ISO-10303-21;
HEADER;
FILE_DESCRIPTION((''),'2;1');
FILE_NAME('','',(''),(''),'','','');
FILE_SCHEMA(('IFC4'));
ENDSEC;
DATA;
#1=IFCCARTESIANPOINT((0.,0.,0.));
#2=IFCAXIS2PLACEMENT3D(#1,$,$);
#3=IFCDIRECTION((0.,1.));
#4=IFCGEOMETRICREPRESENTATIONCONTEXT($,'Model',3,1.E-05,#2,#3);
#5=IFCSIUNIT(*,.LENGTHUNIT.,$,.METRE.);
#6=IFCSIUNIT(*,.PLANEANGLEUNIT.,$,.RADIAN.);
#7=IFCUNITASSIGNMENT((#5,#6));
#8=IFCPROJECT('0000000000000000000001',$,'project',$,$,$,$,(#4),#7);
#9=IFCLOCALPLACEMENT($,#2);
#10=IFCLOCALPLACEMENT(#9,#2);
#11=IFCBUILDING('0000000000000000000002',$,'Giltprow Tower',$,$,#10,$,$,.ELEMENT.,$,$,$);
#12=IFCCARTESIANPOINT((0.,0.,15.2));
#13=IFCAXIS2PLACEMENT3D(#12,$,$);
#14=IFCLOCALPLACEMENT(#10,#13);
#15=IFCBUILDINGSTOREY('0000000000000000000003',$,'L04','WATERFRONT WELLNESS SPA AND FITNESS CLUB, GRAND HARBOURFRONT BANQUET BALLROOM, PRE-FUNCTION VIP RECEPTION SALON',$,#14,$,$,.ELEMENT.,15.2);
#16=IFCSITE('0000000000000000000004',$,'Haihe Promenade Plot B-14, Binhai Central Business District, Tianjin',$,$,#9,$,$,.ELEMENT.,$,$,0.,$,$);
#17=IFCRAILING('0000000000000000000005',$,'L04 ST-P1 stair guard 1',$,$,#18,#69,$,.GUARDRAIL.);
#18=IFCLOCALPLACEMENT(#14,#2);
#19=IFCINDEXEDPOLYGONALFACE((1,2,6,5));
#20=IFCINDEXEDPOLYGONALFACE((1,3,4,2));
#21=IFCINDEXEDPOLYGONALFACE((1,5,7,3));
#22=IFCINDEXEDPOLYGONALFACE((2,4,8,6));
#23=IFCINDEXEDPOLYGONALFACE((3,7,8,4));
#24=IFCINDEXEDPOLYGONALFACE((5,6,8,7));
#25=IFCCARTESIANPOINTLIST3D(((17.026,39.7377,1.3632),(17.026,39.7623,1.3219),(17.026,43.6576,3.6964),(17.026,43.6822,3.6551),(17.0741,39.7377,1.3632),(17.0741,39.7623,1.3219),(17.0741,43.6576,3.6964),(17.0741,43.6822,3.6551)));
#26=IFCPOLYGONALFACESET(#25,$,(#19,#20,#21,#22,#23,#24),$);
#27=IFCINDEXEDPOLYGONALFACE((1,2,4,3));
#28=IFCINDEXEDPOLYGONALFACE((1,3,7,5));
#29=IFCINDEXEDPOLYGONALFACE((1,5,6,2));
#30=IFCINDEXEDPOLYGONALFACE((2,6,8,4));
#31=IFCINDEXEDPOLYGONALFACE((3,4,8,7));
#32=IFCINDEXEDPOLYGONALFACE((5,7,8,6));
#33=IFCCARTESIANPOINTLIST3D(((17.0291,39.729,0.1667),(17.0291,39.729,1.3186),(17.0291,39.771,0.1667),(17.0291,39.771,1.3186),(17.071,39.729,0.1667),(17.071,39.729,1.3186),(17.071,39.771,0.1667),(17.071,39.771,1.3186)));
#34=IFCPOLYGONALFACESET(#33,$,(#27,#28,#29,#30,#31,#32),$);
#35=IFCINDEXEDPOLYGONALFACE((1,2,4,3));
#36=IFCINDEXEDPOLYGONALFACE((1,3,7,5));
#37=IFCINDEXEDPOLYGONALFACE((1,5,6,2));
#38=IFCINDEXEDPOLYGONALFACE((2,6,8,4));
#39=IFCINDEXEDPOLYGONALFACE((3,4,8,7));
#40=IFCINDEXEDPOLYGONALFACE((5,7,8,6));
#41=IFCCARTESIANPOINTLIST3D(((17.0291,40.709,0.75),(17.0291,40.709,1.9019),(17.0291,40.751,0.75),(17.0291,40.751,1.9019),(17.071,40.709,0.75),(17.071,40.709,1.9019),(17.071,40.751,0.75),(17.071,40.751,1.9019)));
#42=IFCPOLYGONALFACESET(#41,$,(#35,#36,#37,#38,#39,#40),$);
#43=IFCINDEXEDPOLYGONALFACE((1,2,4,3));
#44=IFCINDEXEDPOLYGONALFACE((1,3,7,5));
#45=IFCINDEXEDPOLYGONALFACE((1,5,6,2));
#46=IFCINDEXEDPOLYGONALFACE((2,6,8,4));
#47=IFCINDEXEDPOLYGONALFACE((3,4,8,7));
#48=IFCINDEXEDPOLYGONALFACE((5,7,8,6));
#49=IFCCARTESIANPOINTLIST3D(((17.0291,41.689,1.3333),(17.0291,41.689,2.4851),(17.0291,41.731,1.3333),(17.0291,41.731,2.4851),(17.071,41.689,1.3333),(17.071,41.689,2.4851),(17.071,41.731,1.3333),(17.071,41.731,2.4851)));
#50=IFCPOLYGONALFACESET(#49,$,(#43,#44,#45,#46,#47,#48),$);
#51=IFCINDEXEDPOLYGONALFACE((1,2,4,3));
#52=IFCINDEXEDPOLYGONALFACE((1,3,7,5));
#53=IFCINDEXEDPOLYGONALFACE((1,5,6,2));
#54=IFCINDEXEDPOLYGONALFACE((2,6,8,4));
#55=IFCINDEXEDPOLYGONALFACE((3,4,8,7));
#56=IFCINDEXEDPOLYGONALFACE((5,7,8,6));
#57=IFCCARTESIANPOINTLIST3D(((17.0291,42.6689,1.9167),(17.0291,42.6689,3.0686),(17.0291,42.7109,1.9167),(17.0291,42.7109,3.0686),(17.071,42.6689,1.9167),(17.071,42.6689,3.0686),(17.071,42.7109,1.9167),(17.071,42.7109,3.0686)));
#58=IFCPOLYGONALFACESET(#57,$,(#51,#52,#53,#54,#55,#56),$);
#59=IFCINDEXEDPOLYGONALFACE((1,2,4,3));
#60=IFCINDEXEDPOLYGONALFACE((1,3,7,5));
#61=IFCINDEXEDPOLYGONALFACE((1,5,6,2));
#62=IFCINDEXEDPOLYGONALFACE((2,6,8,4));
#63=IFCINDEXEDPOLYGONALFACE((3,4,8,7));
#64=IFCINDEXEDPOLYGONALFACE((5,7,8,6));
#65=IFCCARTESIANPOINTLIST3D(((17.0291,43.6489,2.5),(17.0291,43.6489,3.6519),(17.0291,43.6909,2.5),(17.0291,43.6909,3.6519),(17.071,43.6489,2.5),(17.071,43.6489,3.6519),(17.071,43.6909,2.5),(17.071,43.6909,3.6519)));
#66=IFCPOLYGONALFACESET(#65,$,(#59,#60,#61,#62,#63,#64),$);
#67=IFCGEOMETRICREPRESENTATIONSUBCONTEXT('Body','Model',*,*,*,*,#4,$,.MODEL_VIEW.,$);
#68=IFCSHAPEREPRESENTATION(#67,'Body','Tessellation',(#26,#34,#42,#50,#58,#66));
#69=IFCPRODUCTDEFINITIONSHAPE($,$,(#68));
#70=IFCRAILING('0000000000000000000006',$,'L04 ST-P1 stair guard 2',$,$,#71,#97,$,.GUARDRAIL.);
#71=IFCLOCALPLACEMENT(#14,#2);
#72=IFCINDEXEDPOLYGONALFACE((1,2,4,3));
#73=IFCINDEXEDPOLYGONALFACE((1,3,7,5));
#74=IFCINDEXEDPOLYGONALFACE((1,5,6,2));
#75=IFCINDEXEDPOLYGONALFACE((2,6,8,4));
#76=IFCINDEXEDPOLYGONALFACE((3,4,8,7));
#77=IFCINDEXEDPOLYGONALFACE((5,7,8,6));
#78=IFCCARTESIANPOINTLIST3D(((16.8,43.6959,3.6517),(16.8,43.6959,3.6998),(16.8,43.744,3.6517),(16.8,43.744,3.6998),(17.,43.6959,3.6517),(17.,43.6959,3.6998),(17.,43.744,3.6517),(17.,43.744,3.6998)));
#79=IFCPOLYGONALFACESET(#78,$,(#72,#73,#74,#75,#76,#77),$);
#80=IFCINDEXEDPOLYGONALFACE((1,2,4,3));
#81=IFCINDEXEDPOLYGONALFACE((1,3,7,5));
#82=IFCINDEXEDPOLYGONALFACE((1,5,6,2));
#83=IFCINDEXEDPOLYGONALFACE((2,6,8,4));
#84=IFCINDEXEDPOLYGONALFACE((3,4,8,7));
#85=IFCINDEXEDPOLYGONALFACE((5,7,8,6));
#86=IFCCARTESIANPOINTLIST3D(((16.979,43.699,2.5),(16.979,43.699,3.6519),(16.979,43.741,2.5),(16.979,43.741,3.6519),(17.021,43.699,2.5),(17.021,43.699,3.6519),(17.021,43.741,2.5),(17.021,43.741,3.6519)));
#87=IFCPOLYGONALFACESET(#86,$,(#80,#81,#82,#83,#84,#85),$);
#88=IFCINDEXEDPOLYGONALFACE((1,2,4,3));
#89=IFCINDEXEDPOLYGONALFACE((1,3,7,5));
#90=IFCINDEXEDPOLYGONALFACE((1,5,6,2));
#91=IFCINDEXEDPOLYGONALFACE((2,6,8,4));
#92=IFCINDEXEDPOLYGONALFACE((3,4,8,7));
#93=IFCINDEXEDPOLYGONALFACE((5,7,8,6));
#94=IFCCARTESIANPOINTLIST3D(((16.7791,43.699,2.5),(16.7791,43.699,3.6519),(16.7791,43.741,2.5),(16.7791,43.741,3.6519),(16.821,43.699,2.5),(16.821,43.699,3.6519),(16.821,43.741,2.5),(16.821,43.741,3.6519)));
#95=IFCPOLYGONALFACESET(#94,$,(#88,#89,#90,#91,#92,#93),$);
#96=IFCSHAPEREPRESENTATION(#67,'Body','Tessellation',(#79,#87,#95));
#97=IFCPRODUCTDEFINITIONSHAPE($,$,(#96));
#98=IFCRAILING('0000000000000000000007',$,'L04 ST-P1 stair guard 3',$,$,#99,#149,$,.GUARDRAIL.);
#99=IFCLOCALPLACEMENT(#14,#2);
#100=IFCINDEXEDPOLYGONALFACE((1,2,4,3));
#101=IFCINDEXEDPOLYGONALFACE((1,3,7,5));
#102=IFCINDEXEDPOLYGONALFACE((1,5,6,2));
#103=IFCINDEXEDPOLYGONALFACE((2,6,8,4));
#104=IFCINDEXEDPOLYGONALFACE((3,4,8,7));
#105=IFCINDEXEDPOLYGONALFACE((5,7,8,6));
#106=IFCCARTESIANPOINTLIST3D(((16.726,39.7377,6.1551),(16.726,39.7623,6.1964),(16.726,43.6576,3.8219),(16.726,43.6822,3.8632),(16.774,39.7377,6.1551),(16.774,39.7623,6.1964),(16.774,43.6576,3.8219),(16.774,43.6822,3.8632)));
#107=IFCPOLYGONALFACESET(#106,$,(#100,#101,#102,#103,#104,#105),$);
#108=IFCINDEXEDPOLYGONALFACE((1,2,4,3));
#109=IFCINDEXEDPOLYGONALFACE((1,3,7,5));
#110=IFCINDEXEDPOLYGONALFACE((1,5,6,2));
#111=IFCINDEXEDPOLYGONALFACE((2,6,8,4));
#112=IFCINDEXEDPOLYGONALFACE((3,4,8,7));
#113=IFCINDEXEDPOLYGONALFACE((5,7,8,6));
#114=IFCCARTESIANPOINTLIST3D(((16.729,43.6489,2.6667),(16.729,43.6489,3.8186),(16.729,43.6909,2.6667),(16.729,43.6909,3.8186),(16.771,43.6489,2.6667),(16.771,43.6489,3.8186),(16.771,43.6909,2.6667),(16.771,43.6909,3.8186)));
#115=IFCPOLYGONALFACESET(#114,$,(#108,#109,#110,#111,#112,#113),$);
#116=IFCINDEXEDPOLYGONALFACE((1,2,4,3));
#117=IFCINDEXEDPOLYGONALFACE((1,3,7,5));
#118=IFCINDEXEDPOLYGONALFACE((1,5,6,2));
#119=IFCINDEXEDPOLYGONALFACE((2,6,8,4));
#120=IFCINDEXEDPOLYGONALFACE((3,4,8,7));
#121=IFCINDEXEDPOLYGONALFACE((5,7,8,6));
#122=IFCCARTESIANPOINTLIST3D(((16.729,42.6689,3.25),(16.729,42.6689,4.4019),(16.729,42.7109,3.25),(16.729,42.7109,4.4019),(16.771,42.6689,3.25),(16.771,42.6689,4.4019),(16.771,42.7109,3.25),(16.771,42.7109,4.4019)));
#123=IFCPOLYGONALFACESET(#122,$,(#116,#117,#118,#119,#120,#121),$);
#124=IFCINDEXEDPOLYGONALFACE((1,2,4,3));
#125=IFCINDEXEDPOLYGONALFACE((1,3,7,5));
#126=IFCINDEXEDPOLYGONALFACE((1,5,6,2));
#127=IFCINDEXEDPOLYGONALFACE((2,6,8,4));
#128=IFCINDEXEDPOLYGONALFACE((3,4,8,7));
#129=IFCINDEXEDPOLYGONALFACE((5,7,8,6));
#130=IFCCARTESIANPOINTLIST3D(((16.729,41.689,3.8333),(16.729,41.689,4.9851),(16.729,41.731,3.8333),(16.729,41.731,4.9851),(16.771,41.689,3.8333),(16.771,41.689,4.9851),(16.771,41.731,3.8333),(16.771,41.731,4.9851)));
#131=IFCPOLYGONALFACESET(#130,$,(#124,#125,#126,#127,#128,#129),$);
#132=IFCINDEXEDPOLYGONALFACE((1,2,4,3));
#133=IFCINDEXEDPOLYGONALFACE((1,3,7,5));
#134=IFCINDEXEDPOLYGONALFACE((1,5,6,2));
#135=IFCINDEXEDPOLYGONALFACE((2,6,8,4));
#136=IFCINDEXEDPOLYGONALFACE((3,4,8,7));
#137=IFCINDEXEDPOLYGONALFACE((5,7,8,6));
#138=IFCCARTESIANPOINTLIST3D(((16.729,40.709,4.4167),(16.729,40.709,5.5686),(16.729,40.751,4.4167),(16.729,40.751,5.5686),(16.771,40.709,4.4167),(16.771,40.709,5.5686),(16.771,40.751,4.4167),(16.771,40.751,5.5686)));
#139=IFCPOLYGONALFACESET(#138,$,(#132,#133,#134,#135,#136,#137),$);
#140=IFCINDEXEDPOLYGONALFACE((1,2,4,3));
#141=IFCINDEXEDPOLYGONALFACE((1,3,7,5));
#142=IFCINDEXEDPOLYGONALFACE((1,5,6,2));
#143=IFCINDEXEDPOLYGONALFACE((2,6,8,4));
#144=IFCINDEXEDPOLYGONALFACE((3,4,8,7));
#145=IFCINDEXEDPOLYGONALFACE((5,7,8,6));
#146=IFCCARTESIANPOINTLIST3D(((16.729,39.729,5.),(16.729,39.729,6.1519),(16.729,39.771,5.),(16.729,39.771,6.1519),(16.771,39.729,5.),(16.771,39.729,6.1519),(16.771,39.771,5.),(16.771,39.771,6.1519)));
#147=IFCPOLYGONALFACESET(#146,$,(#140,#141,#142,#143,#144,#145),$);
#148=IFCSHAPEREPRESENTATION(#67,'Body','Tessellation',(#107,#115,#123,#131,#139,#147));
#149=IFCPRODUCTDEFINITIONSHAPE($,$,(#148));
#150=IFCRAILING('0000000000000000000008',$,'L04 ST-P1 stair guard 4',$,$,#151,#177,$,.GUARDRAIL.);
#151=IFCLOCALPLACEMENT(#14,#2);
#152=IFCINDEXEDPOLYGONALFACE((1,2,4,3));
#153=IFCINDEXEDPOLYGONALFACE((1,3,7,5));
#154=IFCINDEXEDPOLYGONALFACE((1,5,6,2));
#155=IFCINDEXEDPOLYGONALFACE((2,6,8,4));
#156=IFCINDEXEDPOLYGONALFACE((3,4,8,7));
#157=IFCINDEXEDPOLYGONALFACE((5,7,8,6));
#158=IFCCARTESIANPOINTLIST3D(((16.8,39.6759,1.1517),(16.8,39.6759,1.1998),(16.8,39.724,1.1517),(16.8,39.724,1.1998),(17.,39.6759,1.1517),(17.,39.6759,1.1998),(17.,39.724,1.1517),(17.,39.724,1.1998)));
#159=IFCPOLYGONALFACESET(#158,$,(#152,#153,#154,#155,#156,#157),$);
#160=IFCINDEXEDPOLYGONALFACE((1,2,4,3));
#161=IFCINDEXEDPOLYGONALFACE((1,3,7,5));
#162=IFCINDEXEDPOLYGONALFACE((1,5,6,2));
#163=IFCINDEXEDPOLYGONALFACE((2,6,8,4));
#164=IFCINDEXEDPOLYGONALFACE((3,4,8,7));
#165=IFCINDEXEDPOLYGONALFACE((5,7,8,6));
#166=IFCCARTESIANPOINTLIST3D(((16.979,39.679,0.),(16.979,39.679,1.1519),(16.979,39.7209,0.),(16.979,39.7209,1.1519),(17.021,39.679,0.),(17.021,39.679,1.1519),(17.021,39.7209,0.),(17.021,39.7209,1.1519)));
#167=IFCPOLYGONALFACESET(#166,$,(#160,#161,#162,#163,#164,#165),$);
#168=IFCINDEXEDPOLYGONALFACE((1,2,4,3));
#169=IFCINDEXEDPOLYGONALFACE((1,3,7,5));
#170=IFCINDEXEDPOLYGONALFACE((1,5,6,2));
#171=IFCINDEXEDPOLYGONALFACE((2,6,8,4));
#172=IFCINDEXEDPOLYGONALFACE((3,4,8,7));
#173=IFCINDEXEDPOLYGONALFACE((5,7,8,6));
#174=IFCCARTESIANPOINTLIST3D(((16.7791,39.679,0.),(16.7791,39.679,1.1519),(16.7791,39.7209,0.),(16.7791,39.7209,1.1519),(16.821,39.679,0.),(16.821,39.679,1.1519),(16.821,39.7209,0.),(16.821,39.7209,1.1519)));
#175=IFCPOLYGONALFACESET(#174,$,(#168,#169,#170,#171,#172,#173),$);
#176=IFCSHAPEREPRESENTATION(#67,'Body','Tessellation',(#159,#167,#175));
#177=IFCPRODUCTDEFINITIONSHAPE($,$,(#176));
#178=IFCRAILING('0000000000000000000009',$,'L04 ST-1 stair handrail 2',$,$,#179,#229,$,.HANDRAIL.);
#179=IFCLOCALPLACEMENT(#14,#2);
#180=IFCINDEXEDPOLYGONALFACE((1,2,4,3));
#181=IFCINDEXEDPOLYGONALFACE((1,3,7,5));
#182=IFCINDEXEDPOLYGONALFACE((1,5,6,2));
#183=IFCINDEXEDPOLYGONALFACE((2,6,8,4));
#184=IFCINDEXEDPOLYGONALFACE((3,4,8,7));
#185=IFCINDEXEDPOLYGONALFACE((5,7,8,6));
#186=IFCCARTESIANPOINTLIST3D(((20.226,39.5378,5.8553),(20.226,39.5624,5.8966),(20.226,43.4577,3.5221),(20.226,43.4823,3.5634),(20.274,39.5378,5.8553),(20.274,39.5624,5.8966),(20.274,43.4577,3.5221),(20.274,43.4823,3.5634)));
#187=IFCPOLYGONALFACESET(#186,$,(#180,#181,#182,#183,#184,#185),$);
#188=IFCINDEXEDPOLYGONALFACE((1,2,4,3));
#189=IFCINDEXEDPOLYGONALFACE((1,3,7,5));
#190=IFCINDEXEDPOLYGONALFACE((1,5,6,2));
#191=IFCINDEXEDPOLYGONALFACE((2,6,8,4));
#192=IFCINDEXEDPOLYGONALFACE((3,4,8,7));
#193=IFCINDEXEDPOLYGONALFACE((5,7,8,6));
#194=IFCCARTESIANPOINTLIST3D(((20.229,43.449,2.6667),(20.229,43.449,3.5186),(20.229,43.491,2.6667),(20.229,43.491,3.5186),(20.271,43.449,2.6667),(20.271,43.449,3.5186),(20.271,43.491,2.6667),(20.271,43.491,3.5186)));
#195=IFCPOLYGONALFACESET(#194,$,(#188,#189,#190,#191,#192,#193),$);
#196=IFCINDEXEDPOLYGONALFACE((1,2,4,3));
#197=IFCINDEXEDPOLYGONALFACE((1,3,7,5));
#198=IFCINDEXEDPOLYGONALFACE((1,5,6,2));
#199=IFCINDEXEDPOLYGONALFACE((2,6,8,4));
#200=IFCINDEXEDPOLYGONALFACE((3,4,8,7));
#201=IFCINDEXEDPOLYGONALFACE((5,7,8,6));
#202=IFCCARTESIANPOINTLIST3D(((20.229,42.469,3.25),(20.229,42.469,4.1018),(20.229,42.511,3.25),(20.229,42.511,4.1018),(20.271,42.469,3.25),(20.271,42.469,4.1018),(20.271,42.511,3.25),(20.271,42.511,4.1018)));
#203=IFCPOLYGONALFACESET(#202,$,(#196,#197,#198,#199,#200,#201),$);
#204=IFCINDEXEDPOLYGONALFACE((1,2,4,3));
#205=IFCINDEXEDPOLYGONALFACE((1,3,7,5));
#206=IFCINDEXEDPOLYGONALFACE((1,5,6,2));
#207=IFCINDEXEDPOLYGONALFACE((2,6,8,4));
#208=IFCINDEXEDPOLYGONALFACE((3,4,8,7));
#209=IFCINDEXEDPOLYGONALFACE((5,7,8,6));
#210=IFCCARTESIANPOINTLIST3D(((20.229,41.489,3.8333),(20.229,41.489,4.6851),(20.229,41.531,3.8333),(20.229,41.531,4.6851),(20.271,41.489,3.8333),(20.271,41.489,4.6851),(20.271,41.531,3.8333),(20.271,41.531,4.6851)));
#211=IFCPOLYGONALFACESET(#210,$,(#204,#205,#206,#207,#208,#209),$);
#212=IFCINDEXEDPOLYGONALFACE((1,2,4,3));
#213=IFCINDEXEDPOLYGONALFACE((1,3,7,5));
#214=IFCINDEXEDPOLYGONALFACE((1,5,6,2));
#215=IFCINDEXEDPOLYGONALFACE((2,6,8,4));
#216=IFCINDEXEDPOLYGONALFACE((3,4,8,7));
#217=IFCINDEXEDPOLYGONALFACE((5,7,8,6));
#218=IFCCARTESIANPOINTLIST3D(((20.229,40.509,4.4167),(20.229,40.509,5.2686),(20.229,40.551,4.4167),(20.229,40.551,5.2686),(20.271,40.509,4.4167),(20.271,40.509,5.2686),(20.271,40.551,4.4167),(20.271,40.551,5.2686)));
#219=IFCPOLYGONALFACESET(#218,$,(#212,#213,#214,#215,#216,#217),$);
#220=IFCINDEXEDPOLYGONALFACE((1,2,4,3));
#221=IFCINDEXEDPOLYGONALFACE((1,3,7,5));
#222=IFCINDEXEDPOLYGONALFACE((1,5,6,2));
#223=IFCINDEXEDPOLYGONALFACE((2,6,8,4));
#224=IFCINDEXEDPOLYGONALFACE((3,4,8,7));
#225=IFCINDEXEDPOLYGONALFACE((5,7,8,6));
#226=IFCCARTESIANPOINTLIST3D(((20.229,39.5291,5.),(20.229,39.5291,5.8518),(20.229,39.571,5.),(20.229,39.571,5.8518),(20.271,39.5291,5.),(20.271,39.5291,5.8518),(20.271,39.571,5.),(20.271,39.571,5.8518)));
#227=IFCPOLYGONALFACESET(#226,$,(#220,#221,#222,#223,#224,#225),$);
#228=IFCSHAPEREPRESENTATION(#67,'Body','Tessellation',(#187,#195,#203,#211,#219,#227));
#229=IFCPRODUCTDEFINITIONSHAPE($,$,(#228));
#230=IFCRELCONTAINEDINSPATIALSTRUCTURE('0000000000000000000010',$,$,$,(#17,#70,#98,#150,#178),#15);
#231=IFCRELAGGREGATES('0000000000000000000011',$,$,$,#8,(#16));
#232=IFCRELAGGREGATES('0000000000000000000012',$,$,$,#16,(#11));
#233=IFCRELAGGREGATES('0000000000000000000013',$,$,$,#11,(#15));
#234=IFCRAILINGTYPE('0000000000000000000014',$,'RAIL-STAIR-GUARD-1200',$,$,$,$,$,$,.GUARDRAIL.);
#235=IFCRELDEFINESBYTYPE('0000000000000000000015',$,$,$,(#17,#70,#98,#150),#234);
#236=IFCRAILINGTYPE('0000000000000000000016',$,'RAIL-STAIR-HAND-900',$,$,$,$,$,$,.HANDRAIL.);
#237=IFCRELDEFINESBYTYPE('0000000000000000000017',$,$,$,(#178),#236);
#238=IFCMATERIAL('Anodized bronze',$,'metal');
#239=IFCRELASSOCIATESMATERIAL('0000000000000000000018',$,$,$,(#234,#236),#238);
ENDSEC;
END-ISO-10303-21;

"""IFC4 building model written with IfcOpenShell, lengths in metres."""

from ifc_helpers import new_model, si_unit, direction, frame, origin, origin_2d, place, context, subcontext, project, spatial, rectangle, extrude, material, type_object, element, save


model = new_model("IFC4")

# Units and contexts
model_context = context("Model", 3, precision=1e-05, world=origin(), true_north=direction((0.0, 1.0)))
body_context = subcontext(model_context, "Body", "Model", "MODEL_VIEW")
ifc_project = project(units=[si_unit("LENGTHUNIT", "METRE"), si_unit("PLANEANGLEUNIT", "RADIAN")], contexts=[model_context])

# Site, building, storey
site_placement = place(None, origin())
site = spatial("IfcSite", under=ifc_project, at=site_placement, Name="Haihe Promenade Plot B-14, Binhai Central Business District, Tianjin", CompositionType="ELEMENT", RefElevation=0.0)
building_placement = place(site_placement, origin())
building = spatial("IfcBuilding", under=site, at=building_placement, Name="Giltprow Tower", CompositionType="ELEMENT")
storey_placement = place(building_placement, frame((0.0, 0.0, 15.2)))
storey = spatial("IfcBuildingStorey", under=building, at=storey_placement, Name="L04", Description="WATERFRONT WELLNESS SPA AND FITNESS CLUB, GRAND HARBOURFRONT BANQUET BALLROOM, PRE-FUNCTION VIP RECEPTION SALON", CompositionType="ELEMENT", Elevation=15.2)

# Railings
ifc_material_1 = material(Name="Anodized bronze", Category="metal")
railing_type_1 = type_object("IfcRailingType", Name="RAIL-STAIR-GUARD-1200", PredefinedType="GUARDRAIL", material=ifc_material_1)
railing_1_placement = place(storey_placement, frame((17.05, 39.75, 0.1667)))
element("IfcRailing", 1, at=railing_1_placement, inside=storey, type_object=railing_type_1, Name="L04 ST-P1 stair guard 1", PredefinedType="GUARDRAIL", context=body_context, shape_type="SweptSolid", body=[
    extrude(rectangle(XDim=0.0481, YDim=0.0481, at=origin_2d()), frame((0.0, 0.0, 1.1758), z_axis=(0.0, 0.859296, 0.511478), x_axis=(-1.0, 0.0, 0.0)), (0.0, 0.0, 1.0), 4.5618),
    extrude(rectangle(XDim=0.042, YDim=0.042, at=origin_2d()), origin(), (0.0, 0.0, 1.0), 1.1519),
    extrude(rectangle(XDim=0.042, YDim=0.042, at=origin_2d()), frame((0.0, 0.98, 0.5833)), (0.0, 0.0, 1.0), 1.1519),
    extrude(rectangle(XDim=0.042, YDim=0.042, at=origin_2d()), frame((0.0, 1.96, 1.1665)), (0.0, 0.0, 1.0), 1.1519),
    extrude(rectangle(XDim=0.042, YDim=0.042, at=origin_2d()), frame((0.0, 2.9399, 1.75)), (0.0, 0.0, 1.0), 1.1519),
    extrude(rectangle(XDim=0.042, YDim=0.042, at=origin_2d()), frame((0.0, 3.9199, 2.3333)), (0.0, 0.0, 1.0), 1.1519),
])
railing_2_placement = place(storey_placement, frame((17.0, 43.72, 2.5)))
element("IfcRailing", 2, at=railing_2_placement, inside=storey, type_object=railing_type_1, Name="L04 ST-P1 stair guard 2", PredefinedType="GUARDRAIL", context=body_context, shape_type="SweptSolid", body=[
    extrude(rectangle(XDim=0.0481, YDim=0.0481, at=origin_2d()), frame((0.0, 0.0, 1.1758), z_axis=(-1.0, 0.0, 0.0), x_axis=(0.0, -1.0, 0.0)), (0.0, 0.0, 1.0), 0.2),
    extrude(rectangle(XDim=0.042, YDim=0.042, at=origin_2d()), origin(), (0.0, 0.0, 1.0), 1.1519),
    extrude(rectangle(XDim=0.042, YDim=0.042, at=origin_2d()), frame((-0.2, 0.0, 0.0)), (0.0, 0.0, 1.0), 1.1519),
])
railing_3_placement = place(storey_placement, frame((16.75, 43.6699, 2.6667)))
element("IfcRailing", 3, at=railing_3_placement, inside=storey, type_object=railing_type_1, Name="L04 ST-P1 stair guard 3", PredefinedType="GUARDRAIL", context=body_context, shape_type="SweptSolid", body=[
    extrude(rectangle(XDim=0.0481, YDim=0.0481, at=origin_2d()), frame((0.0, 0.0, 1.1758), z_axis=(0.0, -0.859296, 0.511478), x_axis=(1.0, 0.0, 0.0)), (0.0, 0.0, 1.0), 4.5618),
    extrude(rectangle(XDim=0.042, YDim=0.042, at=origin_2d()), origin(), (0.0, 0.0, 1.0), 1.1519),
    extrude(rectangle(XDim=0.042, YDim=0.042, at=origin_2d()), frame((0.0, -0.98, 0.5833)), (0.0, 0.0, 1.0), 1.1519),
    extrude(rectangle(XDim=0.042, YDim=0.042, at=origin_2d()), frame((0.0, -1.96, 1.1665)), (0.0, 0.0, 1.0), 1.1519),
    extrude(rectangle(XDim=0.042, YDim=0.042, at=origin_2d()), frame((0.0, -2.9399, 1.75)), (0.0, 0.0, 1.0), 1.1519),
    extrude(rectangle(XDim=0.042, YDim=0.042, at=origin_2d()), frame((0.0, -3.9199, 2.3333)), (0.0, 0.0, 1.0), 1.1519),
])
railing_4_placement = place(storey_placement, frame((17.0, 39.7, 0.0)))
element("IfcRailing", 4, at=railing_4_placement, inside=storey, type_object=railing_type_1, Name="L04 ST-P1 stair guard 4", PredefinedType="GUARDRAIL", context=body_context, shape_type="SweptSolid", body=[
    extrude(rectangle(XDim=0.0481, YDim=0.0481, at=origin_2d()), frame((0.0, 0.0, 1.1758), z_axis=(-1.0, 0.0, 0.0), x_axis=(0.0, -1.0, 0.0)), (0.0, 0.0, 1.0), 0.2),
    extrude(rectangle(XDim=0.042, YDim=0.042, at=origin_2d()), origin(), (0.0, 0.0, 1.0), 1.1519),
    extrude(rectangle(XDim=0.042, YDim=0.042, at=origin_2d()), frame((-0.2, 0.0, 0.0)), (0.0, 0.0, 1.0), 1.1519),
])
railing_type_2 = type_object("IfcRailingType", Name="RAIL-STAIR-HAND-900", PredefinedType="HANDRAIL", material=ifc_material_1)
railing_5_placement = place(storey_placement, frame((20.25, 43.47, 2.6667)))
element("IfcRailing", 5, at=railing_5_placement, inside=storey, type_object=railing_type_2, Name="L04 ST-1 stair handrail 2", PredefinedType="HANDRAIL", context=body_context, shape_type="SweptSolid", body=[
    extrude(rectangle(XDim=0.0481, YDim=0.0481, at=origin_2d()), frame((0.0, 0.0, 0.876), z_axis=(0.0, -0.859296, 0.511478), x_axis=(1.0, 0.0, 0.0)), (0.0, 0.0, 1.0), 4.5618),
    extrude(rectangle(XDim=0.042, YDim=0.042, at=origin_2d()), origin(), (0.0, 0.0, 1.0), 0.8518),
    extrude(rectangle(XDim=0.042, YDim=0.042, at=origin_2d()), frame((0.0, -0.98, 0.5833)), (0.0, 0.0, 1.0), 0.8518),
    extrude(rectangle(XDim=0.042, YDim=0.042, at=origin_2d()), frame((0.0, -1.96, 1.1665)), (0.0, 0.0, 1.0), 0.8518),
    extrude(rectangle(XDim=0.042, YDim=0.042, at=origin_2d()), frame((0.0, -2.9399, 1.75)), (0.0, 0.0, 1.0), 0.8518),
    extrude(rectangle(XDim=0.042, YDim=0.042, at=origin_2d()), frame((0.0, -3.9199, 2.3333)), (0.0, 0.0, 1.0), 0.8518),
])

save(model, "model.ifc")
